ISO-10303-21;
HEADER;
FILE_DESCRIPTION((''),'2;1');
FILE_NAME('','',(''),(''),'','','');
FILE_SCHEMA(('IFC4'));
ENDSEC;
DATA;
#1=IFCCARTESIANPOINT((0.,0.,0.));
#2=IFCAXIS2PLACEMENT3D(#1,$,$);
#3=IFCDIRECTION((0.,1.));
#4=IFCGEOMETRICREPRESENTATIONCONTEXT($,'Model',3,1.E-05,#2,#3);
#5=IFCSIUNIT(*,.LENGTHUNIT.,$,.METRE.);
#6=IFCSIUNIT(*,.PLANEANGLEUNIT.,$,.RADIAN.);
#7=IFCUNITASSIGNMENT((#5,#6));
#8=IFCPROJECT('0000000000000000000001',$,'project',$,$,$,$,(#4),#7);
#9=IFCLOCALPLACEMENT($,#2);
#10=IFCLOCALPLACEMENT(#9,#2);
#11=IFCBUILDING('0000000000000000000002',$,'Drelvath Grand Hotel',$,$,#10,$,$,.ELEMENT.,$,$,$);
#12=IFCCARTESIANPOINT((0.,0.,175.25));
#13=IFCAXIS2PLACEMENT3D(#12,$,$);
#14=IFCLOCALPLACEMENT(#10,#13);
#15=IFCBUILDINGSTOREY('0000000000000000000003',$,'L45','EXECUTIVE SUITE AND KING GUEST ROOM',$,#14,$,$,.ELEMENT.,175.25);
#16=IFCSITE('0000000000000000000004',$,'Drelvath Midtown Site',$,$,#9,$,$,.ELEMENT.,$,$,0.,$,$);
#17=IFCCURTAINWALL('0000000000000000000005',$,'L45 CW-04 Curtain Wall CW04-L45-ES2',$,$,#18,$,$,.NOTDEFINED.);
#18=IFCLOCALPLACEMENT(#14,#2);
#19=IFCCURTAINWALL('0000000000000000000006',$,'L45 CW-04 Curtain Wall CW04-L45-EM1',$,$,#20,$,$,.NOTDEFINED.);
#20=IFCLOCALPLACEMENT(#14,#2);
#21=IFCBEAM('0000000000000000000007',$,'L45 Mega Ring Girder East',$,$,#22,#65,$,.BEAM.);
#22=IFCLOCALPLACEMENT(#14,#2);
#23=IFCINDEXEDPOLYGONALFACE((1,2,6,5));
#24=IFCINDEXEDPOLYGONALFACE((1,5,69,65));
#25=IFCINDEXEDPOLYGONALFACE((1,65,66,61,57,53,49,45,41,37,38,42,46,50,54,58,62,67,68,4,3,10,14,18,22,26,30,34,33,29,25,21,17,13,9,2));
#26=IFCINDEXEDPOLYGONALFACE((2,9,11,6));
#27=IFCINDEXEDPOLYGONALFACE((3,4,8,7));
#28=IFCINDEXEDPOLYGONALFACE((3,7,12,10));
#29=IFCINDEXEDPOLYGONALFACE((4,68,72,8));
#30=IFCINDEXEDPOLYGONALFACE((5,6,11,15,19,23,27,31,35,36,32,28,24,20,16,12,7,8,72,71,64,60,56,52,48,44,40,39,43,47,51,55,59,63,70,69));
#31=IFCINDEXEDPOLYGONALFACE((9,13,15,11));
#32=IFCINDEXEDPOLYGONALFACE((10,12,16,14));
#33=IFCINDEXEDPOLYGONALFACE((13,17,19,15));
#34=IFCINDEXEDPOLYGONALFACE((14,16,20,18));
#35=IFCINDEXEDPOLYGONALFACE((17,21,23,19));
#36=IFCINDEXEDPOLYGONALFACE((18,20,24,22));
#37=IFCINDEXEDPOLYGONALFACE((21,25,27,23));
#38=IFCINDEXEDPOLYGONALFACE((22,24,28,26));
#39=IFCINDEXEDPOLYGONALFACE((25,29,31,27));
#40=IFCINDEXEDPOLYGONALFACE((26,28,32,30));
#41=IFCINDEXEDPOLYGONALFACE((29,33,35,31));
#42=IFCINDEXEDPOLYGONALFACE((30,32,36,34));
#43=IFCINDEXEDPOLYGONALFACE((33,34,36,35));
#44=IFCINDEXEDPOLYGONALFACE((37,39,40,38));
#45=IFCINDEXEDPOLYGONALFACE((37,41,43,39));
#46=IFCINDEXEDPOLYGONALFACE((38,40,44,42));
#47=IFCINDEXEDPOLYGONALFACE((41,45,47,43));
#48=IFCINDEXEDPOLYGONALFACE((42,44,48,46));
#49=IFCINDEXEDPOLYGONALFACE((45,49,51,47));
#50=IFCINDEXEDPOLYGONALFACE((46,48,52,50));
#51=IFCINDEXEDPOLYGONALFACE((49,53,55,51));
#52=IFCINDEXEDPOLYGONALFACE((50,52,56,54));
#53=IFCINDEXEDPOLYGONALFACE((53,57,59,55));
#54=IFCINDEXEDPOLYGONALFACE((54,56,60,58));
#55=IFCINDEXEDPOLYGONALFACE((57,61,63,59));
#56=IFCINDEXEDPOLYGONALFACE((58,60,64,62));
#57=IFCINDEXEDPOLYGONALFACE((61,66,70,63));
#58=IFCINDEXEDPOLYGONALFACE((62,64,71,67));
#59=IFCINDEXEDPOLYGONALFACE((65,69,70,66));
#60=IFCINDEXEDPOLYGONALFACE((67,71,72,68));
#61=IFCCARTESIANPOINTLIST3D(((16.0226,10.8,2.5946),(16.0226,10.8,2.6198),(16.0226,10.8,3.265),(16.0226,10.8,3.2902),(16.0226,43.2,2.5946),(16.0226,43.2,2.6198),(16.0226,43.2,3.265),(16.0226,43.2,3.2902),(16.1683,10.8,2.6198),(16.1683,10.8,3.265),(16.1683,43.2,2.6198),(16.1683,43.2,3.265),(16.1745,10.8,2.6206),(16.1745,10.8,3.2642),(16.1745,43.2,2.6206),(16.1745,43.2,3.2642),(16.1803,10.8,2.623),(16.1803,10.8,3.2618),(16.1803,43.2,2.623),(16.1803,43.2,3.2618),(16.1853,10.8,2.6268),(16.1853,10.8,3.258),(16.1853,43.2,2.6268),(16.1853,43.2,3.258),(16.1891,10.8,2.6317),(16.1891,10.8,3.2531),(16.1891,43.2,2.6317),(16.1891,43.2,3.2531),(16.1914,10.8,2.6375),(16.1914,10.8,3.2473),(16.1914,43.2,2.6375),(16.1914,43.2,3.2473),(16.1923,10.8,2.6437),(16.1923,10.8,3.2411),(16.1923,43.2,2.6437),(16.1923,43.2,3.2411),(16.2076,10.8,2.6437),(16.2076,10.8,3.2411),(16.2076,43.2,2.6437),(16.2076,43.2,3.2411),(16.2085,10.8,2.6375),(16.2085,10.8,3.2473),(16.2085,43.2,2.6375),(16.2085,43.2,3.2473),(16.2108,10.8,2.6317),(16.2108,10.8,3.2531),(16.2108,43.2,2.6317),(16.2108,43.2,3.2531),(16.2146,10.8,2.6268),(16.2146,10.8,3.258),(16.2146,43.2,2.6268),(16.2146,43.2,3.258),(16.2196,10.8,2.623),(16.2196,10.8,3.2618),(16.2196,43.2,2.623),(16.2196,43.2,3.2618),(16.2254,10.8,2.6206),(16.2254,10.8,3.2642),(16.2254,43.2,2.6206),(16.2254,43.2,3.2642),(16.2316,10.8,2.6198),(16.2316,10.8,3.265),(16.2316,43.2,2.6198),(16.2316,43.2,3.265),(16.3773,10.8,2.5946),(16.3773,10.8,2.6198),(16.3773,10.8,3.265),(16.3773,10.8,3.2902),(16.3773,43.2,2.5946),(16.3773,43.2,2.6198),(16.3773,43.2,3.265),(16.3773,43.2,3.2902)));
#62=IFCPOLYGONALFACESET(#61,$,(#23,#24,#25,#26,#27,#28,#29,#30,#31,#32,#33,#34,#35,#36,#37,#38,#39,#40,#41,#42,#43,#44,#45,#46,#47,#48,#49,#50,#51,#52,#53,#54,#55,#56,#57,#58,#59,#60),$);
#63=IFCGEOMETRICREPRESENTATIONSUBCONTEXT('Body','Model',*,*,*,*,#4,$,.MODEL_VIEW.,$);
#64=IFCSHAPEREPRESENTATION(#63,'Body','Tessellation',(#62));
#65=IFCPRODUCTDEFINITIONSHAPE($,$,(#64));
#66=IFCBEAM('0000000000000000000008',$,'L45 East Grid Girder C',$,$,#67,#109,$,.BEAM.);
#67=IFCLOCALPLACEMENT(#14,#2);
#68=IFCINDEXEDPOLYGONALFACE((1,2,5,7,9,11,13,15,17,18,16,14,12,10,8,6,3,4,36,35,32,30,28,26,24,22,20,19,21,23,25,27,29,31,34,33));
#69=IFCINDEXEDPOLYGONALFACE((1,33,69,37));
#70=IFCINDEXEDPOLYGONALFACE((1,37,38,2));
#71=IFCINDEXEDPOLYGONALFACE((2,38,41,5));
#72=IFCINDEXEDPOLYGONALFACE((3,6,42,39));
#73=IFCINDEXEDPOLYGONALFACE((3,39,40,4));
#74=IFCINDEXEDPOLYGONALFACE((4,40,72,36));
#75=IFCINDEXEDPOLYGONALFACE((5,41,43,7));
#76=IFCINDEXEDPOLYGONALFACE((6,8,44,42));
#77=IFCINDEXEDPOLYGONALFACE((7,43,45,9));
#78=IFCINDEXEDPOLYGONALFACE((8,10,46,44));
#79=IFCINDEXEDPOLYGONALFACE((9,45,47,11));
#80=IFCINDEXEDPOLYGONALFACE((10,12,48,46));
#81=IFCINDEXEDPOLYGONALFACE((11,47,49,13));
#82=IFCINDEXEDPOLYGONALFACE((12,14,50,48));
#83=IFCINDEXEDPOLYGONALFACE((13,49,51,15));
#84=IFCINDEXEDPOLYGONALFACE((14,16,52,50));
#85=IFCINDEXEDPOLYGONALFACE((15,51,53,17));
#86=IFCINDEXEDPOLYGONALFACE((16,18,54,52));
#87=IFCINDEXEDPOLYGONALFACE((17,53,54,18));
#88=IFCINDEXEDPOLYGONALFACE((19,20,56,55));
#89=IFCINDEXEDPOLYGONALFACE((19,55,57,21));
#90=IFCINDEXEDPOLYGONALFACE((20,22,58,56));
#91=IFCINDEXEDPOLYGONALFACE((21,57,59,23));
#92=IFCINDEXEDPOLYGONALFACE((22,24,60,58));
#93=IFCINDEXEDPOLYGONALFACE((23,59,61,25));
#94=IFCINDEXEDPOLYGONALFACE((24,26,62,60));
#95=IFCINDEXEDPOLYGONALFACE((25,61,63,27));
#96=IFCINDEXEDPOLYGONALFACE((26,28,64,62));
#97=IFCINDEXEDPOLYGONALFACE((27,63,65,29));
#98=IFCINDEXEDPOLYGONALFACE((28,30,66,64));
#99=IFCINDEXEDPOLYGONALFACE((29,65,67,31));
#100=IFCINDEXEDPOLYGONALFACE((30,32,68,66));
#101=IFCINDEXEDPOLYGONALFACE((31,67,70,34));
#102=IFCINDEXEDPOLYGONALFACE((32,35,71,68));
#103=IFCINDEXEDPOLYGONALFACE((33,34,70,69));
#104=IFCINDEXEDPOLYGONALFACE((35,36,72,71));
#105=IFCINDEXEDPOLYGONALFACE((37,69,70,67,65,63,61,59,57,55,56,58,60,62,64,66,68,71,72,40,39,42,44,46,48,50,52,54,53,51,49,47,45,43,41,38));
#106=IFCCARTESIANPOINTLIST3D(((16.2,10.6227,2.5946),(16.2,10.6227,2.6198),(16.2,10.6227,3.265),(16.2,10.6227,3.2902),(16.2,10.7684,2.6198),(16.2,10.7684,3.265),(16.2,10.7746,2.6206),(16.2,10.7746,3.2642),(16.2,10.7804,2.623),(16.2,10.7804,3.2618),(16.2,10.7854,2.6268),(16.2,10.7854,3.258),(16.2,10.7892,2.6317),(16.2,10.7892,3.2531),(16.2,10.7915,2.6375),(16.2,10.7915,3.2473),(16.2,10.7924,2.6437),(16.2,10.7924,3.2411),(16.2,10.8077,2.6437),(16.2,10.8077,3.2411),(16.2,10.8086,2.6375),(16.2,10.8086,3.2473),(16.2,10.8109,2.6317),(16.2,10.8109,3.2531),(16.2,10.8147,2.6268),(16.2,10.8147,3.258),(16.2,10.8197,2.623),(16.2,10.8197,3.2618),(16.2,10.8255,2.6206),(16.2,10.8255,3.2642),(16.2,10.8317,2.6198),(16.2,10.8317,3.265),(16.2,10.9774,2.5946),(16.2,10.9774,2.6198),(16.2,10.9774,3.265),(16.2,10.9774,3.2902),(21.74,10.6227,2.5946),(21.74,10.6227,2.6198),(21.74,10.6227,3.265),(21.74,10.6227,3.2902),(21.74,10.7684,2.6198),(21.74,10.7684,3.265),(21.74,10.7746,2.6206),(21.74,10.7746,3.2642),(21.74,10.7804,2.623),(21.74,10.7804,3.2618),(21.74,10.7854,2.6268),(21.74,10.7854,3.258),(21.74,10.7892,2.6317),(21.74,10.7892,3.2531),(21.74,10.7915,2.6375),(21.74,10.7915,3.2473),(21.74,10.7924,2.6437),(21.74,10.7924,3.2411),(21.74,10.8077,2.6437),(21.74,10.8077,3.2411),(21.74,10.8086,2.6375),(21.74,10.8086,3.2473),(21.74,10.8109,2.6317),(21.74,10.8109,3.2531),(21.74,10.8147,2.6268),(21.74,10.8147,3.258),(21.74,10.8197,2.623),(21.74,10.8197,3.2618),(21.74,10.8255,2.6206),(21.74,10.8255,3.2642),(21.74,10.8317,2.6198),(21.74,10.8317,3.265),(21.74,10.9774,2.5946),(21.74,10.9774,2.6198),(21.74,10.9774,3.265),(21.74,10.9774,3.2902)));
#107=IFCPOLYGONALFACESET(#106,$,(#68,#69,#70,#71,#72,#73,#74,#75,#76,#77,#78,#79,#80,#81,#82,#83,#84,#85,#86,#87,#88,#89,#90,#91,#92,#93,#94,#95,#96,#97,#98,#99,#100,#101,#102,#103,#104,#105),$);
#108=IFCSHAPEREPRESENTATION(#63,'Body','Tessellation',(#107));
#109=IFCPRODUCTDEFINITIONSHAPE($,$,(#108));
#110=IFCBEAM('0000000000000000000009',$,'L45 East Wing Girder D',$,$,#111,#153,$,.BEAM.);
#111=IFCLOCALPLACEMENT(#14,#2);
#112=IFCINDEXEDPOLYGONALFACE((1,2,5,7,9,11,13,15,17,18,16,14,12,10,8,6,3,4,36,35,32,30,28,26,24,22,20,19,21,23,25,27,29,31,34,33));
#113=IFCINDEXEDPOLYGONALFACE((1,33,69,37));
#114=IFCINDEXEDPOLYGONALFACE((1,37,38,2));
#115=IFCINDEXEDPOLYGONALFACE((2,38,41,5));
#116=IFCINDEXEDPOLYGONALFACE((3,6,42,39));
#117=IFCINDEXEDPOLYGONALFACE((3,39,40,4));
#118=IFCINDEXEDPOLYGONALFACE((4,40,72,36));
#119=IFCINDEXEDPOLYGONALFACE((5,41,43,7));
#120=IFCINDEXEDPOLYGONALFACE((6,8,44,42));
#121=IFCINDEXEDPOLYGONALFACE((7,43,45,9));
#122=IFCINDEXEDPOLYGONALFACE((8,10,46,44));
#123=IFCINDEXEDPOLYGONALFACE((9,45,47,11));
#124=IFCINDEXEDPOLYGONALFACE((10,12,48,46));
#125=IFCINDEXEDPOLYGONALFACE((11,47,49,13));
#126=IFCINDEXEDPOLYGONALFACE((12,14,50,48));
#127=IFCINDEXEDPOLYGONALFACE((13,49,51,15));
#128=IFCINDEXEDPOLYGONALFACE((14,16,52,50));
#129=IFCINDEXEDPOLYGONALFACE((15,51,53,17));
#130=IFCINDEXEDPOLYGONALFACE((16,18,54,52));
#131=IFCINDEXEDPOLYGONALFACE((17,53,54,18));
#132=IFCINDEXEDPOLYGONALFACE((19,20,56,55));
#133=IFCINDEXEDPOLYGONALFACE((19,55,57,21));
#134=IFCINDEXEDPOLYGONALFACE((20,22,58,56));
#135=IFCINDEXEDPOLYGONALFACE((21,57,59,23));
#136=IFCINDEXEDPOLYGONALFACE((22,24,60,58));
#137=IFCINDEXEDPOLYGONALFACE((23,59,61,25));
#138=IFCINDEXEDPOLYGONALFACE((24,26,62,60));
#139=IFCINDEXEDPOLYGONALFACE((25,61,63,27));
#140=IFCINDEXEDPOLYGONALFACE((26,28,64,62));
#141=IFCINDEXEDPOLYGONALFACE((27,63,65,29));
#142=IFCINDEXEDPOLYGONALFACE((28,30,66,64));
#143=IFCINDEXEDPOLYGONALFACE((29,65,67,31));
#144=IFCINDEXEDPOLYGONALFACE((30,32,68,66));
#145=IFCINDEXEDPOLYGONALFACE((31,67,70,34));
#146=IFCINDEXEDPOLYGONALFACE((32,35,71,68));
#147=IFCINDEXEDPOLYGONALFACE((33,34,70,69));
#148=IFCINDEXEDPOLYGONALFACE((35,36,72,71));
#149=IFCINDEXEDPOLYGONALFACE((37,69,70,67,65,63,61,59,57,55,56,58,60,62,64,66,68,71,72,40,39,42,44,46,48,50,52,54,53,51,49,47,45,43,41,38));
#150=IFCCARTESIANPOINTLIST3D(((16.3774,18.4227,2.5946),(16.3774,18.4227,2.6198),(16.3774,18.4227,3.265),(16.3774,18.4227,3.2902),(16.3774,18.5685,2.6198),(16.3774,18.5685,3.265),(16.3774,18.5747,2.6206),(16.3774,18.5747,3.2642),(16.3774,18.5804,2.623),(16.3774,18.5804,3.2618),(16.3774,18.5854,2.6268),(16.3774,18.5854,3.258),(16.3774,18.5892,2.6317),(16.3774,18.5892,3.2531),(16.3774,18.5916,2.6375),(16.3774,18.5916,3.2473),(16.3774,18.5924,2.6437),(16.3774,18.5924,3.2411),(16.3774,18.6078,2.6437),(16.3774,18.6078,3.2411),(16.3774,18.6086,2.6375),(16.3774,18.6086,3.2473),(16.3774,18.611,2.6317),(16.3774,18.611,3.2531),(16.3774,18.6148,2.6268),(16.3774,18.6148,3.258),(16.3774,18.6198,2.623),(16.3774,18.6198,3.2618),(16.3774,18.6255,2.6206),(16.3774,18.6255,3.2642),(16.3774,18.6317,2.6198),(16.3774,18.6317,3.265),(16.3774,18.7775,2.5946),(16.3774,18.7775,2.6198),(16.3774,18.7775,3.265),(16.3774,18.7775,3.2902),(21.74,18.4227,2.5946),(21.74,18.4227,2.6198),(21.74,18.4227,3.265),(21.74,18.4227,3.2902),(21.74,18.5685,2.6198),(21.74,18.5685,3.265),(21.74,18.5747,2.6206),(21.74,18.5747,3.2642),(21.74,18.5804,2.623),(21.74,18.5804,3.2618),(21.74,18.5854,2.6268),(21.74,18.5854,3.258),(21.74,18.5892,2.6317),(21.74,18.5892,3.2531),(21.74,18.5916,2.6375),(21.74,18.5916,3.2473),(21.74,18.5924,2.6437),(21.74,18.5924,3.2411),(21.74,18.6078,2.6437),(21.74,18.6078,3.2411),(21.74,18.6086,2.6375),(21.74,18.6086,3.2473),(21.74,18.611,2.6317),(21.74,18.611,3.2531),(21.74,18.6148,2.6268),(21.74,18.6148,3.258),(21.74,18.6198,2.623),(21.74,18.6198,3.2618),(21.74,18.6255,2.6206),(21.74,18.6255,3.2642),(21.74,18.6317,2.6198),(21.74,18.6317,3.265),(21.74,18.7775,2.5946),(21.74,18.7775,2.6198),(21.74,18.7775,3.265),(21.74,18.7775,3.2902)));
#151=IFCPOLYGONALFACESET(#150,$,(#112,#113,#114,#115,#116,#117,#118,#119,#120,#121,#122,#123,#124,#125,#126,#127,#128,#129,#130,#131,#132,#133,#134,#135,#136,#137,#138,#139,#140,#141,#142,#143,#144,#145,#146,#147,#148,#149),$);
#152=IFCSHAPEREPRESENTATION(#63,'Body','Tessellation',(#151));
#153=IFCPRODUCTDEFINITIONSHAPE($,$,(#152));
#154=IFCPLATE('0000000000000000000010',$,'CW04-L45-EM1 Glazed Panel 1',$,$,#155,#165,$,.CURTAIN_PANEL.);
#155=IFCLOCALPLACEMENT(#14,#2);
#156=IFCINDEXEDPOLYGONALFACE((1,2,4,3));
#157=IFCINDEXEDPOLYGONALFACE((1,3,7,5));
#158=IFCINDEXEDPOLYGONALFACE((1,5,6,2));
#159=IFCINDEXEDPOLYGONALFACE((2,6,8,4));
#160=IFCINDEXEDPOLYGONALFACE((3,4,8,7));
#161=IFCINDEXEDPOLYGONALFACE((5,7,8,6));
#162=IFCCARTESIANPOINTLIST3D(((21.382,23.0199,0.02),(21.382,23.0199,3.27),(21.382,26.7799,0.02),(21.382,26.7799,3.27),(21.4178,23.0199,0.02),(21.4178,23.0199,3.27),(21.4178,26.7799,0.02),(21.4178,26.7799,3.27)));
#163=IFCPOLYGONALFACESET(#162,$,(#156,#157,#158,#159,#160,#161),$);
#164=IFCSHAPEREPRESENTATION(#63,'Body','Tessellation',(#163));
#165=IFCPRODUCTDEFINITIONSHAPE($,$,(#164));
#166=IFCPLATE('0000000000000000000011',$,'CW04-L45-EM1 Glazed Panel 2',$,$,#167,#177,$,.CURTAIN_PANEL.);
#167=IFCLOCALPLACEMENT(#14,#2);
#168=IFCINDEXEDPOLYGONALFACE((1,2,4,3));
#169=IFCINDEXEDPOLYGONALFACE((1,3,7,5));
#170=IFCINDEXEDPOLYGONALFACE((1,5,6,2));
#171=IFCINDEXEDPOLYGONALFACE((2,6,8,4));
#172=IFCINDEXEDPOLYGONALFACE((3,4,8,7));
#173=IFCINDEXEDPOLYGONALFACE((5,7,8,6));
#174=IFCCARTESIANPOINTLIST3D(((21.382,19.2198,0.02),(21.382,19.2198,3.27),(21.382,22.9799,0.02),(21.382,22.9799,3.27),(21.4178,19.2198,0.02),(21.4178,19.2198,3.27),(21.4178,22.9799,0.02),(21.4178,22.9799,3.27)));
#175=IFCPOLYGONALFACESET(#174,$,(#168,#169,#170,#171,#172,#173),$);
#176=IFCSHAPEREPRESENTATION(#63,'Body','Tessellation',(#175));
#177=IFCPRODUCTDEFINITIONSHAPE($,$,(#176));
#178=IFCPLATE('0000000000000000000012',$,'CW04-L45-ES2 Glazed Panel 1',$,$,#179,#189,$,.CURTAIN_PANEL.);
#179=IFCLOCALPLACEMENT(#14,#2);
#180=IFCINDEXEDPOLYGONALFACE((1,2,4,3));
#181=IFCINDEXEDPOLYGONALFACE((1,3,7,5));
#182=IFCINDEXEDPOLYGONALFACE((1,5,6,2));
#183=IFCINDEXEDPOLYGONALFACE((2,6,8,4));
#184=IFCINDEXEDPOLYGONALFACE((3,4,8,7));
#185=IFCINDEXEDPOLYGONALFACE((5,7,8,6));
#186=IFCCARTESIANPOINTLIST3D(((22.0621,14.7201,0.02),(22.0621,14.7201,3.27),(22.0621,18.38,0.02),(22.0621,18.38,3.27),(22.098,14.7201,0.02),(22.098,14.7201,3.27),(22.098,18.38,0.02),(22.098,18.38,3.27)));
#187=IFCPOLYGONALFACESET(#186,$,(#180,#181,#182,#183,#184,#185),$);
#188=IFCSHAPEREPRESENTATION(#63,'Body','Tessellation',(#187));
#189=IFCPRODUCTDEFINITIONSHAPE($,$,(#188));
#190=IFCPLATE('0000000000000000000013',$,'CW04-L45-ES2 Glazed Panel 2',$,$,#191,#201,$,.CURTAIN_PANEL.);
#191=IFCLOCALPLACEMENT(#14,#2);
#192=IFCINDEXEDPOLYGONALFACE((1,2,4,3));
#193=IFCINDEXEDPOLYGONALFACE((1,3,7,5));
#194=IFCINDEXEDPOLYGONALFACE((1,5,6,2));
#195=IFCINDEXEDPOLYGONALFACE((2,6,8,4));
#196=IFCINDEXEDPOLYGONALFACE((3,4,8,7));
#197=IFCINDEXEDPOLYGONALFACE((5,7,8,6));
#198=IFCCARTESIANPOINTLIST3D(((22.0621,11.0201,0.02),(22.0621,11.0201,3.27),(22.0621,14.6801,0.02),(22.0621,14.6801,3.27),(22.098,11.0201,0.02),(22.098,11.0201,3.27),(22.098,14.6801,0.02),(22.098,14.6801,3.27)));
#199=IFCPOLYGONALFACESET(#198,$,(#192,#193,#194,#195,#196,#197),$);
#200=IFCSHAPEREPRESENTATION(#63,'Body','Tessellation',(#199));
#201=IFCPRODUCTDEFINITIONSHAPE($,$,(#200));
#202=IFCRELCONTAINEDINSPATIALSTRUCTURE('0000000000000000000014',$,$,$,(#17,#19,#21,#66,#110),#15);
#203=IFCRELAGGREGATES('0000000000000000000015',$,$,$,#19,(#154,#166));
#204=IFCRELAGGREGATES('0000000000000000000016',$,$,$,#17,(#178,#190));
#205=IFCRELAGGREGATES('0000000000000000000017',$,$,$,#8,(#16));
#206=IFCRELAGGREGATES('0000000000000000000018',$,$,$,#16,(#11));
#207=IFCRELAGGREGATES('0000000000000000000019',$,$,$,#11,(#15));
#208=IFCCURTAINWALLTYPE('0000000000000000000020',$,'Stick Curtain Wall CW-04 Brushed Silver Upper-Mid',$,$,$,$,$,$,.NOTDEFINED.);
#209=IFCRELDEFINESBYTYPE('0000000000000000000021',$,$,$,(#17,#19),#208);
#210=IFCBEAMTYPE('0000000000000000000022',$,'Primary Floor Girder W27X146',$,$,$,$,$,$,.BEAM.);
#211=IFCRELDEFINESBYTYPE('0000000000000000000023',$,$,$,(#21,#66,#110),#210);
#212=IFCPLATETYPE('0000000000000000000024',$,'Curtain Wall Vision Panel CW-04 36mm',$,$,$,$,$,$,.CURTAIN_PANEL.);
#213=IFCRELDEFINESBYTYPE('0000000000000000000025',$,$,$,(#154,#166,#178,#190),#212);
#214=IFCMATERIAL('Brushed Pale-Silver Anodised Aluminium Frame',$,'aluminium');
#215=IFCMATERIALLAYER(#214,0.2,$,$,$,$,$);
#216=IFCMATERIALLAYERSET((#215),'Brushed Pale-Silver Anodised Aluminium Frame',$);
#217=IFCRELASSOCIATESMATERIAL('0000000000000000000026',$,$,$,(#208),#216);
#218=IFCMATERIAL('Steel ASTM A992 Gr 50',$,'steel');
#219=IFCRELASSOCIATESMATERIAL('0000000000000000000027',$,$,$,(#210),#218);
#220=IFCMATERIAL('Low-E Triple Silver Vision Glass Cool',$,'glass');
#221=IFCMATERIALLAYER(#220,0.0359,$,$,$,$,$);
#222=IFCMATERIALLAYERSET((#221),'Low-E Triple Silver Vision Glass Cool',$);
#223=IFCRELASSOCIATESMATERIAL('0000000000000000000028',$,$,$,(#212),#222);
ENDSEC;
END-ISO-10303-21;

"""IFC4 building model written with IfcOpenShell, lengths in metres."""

from ifc_helpers import new_model, si_unit, direction, frame, origin, origin_2d, place, context, subcontext, project, spatial, rectangle, i_section, extrude, material, layer, layer_set, material_profile, profile_set, type_object, element, aggregate, save


model = new_model("IFC4")

# Units and contexts
model_context = context("Model", 3, precision=1e-05, world=origin(), true_north=direction((0.0, 1.0)))
body_context = subcontext(model_context, "Body", "Model", "MODEL_VIEW")
ifc_project = project(units=[si_unit("LENGTHUNIT", "METRE"), si_unit("PLANEANGLEUNIT", "RADIAN")], contexts=[model_context])

# Site, building, storey
site_placement = place(None, origin())
site = spatial("IfcSite", under=ifc_project, at=site_placement, Name="Drelvath Midtown Site", CompositionType="ELEMENT", RefElevation=0.0)
building_placement = place(site_placement, origin())
building = spatial("IfcBuilding", under=site, at=building_placement, Name="Drelvath Grand Hotel", CompositionType="ELEMENT")
storey_placement = place(building_placement, frame((0.0, 0.0, 175.25)))
storey = spatial("IfcBuildingStorey", under=building, at=storey_placement, Name="L45", Description="EXECUTIVE SUITE AND KING GUEST ROOM", CompositionType="ELEMENT", Elevation=175.25)

# Shared definitions
ifc_material_1 = material(Name="Steel ASTM A992 Gr 50", Category="steel")

# Curtain wall
ifc_material_2 = material(Name="Brushed Pale-Silver Anodised Aluminium Frame", Category="aluminium")
ifc_layer_1 = layer(ifc_material_2, 0.2)
ifc_layer_set_1 = layer_set([ifc_layer_1], Name="Brushed Pale-Silver Anodised Aluminium Frame")
curtain_wall_type = type_object("IfcCurtainWallType", Name="Stick Curtain Wall CW-04 Brushed Silver Upper-Mid", PredefinedType="NOTDEFINED", material=ifc_layer_set_1)
curtain_wall_1_placement = place(storey_placement, origin())
curtain_wall_1 = element("IfcCurtainWall", 1, at=curtain_wall_1_placement, inside=storey, type_object=curtain_wall_type, Name="L45 CW-04 Curtain Wall CW04-L45-ES2", PredefinedType="NOTDEFINED")

# Curtain wall
curtain_wall_2_placement = place(storey_placement, origin())
curtain_wall_2 = element("IfcCurtainWall", 2, at=curtain_wall_2_placement, inside=storey, type_object=curtain_wall_type, Name="L45 CW-04 Curtain Wall CW04-L45-EM1", PredefinedType="NOTDEFINED")

# Beams
ifc_material_profile_1 = material_profile(ifc_material_1, i_section(OverallWidth=0.3547, OverallDepth=0.6956, WebThickness=0.0154, FlangeThickness=0.0251, FilletRadius=0.0239, at=origin_2d()), Name="W27X146")
ifc_profile_set_1 = profile_set([ifc_material_profile_1], Name="Steel ASTM A992 Gr 50")
beam_type_1 = type_object("IfcBeamType", Name="Primary Floor Girder W27X146", PredefinedType="BEAM", material=ifc_profile_set_1)
beam_1_placement = place(storey_placement, frame((16.2, 10.8, 2.9424), z_axis=(0.0, 1.0, 0.0), x_axis=(-1.0, 0.0, 0.0)))
element("IfcBeam", 3, at=beam_1_placement, inside=storey, type_object=beam_type_1, Name="L45 Mega Ring Girder East", PredefinedType="BEAM", context=body_context, shape_type="SweptSolid", body=[
    extrude(i_section(OverallWidth=0.3547, OverallDepth=0.6956, WebThickness=0.0154, FlangeThickness=0.0251, FilletRadius=0.0239, at=origin_2d()), origin(), (0.0, 0.0, 1.0), 32.3999),
])
beam_2_placement = place(storey_placement, frame((16.2, 10.8, 2.9424), z_axis=(1.0, 0.0, 0.0), x_axis=(0.0, 1.0, 0.0)))
element("IfcBeam", 4, at=beam_2_placement, inside=storey, type_object=beam_type_1, Name="L45 East Grid Girder C", PredefinedType="BEAM", context=body_context, shape_type="SweptSolid", body=[
    extrude(i_section(OverallWidth=0.3547, OverallDepth=0.6956, WebThickness=0.0154, FlangeThickness=0.0251, FilletRadius=0.0239, at=origin_2d()), origin(), (0.0, 0.0, 1.0), 5.54),
])
beam_3_placement = place(storey_placement, frame((16.3774, 18.6001, 2.9424), z_axis=(1.0, 0.0, 0.0), x_axis=(0.0, 1.0, 0.0)))
element("IfcBeam", 5, at=beam_3_placement, inside=storey, type_object=beam_type_1, Name="L45 East Wing Girder D", PredefinedType="BEAM", context=body_context, shape_type="SweptSolid", body=[
    extrude(i_section(OverallWidth=0.3547, OverallDepth=0.6956, WebThickness=0.0154, FlangeThickness=0.0251, FilletRadius=0.0239, at=origin_2d()), origin(), (0.0, 0.0, 1.0), 5.3625),
])

# Plates
ifc_material_3 = material(Name="Low-E Triple Silver Vision Glass Cool", Category="glass")
ifc_layer_2 = layer(ifc_material_3, 0.0359)
ifc_layer_set_2 = layer_set([ifc_layer_2], Name="Low-E Triple Silver Vision Glass Cool")
plate_type = type_object("IfcPlateType", Name="Curtain Wall Vision Panel CW-04 36mm", PredefinedType="CURTAIN_PANEL", material=ifc_layer_set_2)
plate_1_placement = place(storey_placement, frame((21.3999, 24.8999, 0.02), z_axis=(0.0, 0.0, 1.0), x_axis=(0.0, -1.0, 0.0)))
plate_1 = element("IfcPlate", 6, at=plate_1_placement, type_object=plate_type, Name="CW04-L45-EM1 Glazed Panel 1", PredefinedType="CURTAIN_PANEL", context=body_context, shape_type="SweptSolid", body=[
    extrude(rectangle(XDim=3.76, YDim=0.0359, at=origin_2d()), origin(), (0.0, 0.0, 1.0), 3.25),
])
plate_2_placement = place(storey_placement, frame((21.3999, 21.0999, 0.02), z_axis=(0.0, 0.0, 1.0), x_axis=(0.0, -1.0, 0.0)))
plate_2 = element("IfcPlate", 7, at=plate_2_placement, type_object=plate_type, Name="CW04-L45-EM1 Glazed Panel 2", PredefinedType="CURTAIN_PANEL", context=body_context, shape_type="SweptSolid", body=[
    extrude(rectangle(XDim=3.76, YDim=0.0359, at=origin_2d()), origin(), (0.0, 0.0, 1.0), 3.25),
])
aggregate(curtain_wall_2, [plate_1, plate_2])
plate_3_placement = place(storey_placement, frame((22.0801, 16.55, 0.02), z_axis=(0.0, 0.0, 1.0), x_axis=(0.0, -1.0, 0.0)))
plate_3 = element("IfcPlate", 8, at=plate_3_placement, type_object=plate_type, Name="CW04-L45-ES2 Glazed Panel 1", PredefinedType="CURTAIN_PANEL", context=body_context, shape_type="SweptSolid", body=[
    extrude(rectangle(XDim=3.6599, YDim=0.0359, at=origin_2d()), origin(), (0.0, 0.0, 1.0), 3.25),
])
plate_4_placement = place(storey_placement, frame((22.0801, 12.8501, 0.02), z_axis=(0.0, 0.0, 1.0), x_axis=(0.0, -1.0, 0.0)))
plate_4 = element("IfcPlate", 9, at=plate_4_placement, type_object=plate_type, Name="CW04-L45-ES2 Glazed Panel 2", PredefinedType="CURTAIN_PANEL", context=body_context, shape_type="SweptSolid", body=[
    extrude(rectangle(XDim=3.6599, YDim=0.0359, at=origin_2d()), origin(), (0.0, 0.0, 1.0), 3.25),
])
aggregate(curtain_wall_1, [plate_3, plate_4])

save(model, "model.ifc")
